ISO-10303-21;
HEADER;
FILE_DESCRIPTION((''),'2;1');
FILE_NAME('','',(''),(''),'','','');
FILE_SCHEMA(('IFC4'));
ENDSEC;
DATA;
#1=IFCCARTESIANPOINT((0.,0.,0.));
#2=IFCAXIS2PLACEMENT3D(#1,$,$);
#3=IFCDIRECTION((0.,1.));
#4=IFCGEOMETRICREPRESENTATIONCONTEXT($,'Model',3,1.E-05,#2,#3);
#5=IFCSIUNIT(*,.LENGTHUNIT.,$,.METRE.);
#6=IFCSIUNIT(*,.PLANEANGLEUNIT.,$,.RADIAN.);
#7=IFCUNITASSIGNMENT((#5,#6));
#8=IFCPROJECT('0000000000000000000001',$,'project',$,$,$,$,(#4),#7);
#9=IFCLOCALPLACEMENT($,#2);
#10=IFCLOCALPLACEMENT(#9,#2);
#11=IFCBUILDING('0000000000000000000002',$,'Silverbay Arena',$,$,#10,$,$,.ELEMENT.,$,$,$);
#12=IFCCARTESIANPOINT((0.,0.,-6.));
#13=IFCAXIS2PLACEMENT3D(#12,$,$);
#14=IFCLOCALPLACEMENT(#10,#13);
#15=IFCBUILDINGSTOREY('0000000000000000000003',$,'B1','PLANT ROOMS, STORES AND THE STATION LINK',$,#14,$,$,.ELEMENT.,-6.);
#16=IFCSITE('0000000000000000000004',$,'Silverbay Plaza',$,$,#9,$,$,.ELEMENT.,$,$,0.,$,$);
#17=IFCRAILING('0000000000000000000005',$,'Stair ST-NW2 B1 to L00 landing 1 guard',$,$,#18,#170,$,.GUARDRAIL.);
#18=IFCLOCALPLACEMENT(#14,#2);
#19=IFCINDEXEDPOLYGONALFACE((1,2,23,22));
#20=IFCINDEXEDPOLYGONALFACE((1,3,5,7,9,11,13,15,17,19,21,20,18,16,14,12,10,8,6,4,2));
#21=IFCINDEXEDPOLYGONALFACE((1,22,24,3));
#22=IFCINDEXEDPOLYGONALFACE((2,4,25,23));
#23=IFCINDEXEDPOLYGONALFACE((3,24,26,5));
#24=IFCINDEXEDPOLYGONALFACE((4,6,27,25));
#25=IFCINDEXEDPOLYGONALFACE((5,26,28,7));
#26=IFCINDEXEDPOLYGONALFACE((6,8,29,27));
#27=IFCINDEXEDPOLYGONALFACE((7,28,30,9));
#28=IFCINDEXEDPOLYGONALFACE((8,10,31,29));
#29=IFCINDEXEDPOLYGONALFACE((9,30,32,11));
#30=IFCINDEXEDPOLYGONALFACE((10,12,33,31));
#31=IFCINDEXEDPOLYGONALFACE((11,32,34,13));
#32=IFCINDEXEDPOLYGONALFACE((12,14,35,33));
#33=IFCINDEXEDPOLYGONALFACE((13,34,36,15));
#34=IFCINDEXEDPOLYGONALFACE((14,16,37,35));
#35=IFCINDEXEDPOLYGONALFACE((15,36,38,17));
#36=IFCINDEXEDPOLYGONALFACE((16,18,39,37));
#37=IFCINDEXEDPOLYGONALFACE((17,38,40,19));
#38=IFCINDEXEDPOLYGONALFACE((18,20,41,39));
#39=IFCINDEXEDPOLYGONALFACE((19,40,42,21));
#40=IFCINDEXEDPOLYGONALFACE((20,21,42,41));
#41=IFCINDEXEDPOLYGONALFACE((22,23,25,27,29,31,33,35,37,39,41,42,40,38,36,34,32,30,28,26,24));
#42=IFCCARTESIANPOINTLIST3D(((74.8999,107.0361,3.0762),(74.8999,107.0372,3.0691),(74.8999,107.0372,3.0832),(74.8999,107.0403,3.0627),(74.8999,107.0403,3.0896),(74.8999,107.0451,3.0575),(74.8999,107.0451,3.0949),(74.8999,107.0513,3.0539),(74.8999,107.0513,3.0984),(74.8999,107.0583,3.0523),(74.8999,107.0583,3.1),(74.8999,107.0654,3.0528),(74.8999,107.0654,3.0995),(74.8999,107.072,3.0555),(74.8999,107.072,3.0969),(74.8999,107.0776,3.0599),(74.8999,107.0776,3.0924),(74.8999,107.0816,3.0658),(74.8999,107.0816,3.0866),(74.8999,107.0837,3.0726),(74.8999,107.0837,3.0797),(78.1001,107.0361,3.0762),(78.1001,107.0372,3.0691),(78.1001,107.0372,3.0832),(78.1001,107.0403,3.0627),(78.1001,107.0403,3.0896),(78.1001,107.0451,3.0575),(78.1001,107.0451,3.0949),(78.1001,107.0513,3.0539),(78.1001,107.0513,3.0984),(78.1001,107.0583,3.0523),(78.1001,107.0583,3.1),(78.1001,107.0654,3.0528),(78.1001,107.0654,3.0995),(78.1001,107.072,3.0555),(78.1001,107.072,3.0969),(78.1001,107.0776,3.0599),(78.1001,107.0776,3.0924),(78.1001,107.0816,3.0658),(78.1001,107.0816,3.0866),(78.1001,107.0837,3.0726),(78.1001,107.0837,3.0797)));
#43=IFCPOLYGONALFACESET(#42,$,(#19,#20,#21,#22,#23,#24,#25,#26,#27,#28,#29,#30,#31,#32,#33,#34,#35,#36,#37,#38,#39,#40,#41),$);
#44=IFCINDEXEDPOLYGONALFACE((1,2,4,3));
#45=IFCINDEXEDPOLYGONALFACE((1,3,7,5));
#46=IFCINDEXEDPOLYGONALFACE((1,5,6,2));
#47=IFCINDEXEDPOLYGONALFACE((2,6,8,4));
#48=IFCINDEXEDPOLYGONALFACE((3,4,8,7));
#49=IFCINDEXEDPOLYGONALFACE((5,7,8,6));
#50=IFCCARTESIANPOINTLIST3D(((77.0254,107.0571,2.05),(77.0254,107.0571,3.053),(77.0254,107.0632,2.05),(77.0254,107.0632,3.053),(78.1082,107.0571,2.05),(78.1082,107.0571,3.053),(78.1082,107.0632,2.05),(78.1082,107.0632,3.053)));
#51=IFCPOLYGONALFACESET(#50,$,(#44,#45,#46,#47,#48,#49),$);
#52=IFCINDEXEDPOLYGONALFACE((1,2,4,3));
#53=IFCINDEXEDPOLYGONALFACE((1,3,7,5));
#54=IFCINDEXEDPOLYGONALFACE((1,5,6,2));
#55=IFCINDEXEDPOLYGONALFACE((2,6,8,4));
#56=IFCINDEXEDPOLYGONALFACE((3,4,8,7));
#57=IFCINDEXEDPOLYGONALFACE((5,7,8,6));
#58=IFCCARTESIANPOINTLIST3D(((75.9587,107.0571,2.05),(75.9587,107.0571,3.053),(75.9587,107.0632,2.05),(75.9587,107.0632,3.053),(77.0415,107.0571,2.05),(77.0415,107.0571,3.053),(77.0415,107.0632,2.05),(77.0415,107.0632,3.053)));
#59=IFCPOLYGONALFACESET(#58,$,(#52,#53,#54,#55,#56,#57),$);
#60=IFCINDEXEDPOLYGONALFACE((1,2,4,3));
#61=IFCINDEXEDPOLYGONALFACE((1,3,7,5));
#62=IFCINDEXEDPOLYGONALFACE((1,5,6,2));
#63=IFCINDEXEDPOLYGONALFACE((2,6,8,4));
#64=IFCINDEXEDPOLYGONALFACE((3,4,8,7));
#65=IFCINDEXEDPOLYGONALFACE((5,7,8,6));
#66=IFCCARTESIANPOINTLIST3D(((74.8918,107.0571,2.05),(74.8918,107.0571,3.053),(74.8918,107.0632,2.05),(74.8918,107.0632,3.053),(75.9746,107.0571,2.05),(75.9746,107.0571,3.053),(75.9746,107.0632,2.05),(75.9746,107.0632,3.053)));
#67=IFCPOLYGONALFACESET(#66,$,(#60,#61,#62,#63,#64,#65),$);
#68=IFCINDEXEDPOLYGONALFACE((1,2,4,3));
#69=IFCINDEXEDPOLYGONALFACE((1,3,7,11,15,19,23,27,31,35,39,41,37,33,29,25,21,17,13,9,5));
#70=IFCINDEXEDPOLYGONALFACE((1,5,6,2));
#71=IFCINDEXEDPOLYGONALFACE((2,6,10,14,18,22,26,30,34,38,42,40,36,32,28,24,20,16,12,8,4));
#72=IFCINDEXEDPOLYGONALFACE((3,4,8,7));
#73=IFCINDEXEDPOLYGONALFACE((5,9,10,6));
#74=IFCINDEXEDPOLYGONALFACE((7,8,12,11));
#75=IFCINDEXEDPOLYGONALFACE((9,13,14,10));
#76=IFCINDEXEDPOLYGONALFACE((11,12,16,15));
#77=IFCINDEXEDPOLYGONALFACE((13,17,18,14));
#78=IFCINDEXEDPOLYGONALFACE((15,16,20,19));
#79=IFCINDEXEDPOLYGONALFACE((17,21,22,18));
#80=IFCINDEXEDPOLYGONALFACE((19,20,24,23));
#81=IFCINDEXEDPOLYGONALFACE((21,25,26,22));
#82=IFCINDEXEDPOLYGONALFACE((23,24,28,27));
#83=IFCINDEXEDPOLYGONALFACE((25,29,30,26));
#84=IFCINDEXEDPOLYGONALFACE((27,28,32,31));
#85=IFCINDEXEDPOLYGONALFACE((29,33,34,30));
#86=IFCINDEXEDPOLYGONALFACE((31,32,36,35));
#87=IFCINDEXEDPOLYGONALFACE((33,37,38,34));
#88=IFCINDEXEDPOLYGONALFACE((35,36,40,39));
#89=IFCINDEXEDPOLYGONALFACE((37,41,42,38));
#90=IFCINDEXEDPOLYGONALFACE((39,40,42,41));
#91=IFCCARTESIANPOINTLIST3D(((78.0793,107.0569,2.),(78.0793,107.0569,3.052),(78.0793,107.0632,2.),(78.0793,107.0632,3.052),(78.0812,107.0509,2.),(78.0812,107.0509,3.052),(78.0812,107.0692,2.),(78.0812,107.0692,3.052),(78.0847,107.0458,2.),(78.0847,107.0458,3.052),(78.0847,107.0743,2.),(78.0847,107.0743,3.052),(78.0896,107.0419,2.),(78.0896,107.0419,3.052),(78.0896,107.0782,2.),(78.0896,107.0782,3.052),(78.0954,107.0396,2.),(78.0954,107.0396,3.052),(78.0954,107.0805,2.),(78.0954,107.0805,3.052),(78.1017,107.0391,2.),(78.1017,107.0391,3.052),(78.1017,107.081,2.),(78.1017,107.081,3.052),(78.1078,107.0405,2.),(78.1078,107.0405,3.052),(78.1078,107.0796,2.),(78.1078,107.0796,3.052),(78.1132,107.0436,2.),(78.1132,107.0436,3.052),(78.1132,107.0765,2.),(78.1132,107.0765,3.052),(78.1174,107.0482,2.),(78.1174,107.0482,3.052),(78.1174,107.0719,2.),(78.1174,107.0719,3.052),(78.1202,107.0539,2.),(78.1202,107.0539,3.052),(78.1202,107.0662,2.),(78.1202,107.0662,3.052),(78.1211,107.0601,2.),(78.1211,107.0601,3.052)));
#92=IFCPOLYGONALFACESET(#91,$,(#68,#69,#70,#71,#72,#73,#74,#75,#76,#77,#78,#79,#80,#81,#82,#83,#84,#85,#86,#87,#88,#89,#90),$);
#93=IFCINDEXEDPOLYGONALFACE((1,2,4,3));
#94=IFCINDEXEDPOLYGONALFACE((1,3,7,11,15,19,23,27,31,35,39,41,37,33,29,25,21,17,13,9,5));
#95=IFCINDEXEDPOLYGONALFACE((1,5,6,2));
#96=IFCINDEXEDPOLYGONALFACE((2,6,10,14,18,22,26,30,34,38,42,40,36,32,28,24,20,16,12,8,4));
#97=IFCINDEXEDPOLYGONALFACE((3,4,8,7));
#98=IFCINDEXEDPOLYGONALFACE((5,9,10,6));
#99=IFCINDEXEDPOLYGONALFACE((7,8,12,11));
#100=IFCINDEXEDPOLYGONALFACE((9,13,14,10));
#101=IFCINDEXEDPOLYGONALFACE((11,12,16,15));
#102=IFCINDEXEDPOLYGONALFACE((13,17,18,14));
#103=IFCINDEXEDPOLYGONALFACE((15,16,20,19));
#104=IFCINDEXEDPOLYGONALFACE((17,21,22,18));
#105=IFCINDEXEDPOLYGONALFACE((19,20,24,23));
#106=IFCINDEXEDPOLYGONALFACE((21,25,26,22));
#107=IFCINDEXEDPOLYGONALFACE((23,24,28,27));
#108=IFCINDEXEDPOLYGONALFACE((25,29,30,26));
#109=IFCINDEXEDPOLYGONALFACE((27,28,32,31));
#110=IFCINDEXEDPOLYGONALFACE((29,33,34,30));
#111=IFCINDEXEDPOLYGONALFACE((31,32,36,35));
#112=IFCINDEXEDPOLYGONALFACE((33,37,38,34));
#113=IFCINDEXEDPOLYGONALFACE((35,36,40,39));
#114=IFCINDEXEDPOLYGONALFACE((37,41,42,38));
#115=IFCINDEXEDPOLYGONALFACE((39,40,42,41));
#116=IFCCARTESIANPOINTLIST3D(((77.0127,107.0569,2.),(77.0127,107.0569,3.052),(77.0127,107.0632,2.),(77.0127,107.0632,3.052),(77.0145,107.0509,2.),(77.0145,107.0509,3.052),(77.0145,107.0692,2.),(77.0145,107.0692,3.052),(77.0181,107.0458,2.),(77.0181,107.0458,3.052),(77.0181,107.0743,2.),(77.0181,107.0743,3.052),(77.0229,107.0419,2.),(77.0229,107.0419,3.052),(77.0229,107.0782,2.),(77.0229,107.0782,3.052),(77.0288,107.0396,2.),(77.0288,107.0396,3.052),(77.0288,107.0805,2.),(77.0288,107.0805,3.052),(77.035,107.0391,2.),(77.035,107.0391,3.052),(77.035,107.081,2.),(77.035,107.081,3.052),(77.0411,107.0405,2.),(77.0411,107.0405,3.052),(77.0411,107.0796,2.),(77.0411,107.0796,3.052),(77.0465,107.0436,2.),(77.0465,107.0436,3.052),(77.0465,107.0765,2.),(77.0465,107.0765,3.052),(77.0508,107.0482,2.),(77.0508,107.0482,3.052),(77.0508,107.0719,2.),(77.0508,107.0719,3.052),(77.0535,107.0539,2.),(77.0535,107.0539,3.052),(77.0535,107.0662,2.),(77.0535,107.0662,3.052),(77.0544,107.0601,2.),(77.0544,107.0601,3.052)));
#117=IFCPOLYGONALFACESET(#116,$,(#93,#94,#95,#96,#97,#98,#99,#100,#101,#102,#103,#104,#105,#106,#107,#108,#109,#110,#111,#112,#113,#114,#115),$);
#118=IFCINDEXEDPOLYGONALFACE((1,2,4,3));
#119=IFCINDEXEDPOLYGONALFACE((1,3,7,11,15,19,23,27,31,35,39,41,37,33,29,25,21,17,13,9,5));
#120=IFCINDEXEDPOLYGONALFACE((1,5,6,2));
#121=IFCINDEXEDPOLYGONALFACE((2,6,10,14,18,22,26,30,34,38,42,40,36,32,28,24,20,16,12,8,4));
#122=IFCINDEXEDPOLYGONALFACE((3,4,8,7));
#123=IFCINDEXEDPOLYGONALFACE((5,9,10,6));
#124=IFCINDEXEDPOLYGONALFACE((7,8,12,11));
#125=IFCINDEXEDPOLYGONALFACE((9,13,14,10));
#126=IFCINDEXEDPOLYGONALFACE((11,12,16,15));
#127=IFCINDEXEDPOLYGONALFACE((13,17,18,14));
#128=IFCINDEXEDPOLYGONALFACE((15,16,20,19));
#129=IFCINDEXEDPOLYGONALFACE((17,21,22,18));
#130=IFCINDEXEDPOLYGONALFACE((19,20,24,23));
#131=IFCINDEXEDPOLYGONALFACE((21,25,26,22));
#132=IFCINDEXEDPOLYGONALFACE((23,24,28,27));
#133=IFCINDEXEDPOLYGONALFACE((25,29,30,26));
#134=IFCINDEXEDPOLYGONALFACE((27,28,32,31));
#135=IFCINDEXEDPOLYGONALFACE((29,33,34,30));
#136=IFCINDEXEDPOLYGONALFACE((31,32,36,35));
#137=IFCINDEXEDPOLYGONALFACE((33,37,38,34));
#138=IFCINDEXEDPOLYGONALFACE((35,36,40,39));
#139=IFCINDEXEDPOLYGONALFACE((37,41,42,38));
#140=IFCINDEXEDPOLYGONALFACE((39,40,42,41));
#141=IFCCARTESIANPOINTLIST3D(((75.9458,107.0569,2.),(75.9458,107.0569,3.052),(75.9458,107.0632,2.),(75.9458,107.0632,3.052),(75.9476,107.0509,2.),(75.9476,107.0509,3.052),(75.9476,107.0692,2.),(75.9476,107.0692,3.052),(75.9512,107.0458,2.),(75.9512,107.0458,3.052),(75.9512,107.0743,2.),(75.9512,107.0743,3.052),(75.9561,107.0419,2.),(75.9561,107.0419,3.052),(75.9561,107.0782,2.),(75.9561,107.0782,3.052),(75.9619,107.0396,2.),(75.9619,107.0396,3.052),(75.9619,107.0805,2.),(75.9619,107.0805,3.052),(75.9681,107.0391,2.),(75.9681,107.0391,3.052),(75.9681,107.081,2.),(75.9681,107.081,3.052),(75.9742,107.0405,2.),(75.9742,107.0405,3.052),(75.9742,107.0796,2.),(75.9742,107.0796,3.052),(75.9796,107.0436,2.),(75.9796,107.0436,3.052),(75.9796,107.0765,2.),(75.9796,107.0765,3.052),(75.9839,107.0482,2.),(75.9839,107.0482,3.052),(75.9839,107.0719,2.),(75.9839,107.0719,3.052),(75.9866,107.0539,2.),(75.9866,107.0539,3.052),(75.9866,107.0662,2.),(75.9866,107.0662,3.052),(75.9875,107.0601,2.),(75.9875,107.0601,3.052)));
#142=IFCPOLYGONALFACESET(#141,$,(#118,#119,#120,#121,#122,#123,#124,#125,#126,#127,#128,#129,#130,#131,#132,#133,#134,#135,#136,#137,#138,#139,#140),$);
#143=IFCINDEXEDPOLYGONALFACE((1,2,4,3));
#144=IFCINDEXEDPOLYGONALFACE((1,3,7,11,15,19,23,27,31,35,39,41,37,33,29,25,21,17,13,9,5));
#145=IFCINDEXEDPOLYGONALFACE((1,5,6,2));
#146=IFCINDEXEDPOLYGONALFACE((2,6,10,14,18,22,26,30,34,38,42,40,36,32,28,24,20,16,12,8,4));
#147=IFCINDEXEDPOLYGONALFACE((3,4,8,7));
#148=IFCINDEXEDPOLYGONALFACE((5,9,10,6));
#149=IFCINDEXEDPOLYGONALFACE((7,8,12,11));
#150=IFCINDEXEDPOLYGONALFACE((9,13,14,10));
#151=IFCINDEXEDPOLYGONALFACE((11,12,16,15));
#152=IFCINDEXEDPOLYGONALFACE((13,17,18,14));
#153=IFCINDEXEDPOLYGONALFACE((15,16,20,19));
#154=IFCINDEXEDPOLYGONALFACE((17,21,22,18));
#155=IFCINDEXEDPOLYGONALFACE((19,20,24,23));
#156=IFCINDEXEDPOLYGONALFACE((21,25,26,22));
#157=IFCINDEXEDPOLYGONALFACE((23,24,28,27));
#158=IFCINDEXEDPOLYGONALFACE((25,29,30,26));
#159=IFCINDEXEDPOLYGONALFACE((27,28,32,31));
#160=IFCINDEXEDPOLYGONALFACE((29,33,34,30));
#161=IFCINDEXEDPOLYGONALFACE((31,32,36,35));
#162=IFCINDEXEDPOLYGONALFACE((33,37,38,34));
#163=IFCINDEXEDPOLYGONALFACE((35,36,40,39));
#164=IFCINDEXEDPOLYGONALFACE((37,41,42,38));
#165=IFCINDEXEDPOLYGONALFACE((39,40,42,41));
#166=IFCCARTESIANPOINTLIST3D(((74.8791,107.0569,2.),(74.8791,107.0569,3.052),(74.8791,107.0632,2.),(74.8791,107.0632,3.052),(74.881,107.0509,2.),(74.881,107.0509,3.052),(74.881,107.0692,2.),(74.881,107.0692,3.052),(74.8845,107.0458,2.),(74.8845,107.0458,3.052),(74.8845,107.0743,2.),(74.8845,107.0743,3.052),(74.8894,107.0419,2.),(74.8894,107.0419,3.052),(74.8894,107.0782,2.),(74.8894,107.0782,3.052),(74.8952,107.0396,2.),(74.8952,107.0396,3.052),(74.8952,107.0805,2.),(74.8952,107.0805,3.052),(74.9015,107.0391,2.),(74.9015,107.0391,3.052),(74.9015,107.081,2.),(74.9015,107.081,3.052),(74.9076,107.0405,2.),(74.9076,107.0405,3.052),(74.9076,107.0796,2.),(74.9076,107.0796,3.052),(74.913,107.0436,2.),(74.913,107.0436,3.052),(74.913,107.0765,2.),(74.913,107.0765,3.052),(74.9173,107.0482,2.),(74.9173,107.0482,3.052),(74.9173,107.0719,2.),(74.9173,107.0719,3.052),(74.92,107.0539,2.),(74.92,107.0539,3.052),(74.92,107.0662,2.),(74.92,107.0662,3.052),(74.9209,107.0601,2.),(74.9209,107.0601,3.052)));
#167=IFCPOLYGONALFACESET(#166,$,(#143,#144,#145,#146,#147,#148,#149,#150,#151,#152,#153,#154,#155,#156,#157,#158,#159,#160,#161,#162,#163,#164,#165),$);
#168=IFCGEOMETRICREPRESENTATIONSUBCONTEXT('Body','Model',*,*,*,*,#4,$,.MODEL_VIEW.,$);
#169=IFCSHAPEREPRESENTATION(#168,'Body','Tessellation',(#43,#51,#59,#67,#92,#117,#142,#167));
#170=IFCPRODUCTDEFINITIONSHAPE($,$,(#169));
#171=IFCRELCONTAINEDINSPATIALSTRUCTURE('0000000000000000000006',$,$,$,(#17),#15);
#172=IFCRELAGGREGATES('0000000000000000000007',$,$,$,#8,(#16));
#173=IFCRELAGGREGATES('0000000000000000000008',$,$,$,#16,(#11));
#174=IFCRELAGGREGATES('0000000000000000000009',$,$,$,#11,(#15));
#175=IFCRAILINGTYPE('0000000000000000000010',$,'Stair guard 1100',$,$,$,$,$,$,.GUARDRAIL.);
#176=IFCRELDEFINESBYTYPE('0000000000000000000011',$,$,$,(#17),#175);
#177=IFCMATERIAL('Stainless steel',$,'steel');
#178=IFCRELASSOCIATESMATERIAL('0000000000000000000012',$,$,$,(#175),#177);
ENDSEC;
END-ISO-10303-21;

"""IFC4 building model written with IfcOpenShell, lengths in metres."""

from ifc_helpers import new_model, si_unit, direction, frame, origin, origin_2d, place, context, subcontext, project, spatial, polyline, circle, outline, extrude, material, type_object, element, save


model = new_model("IFC4")

# Units and contexts
model_context = context("Model", 3, precision=1e-05, world=origin(), true_north=direction((0.0, 1.0)))
body_context = subcontext(model_context, "Body", "Model", "MODEL_VIEW")
ifc_project = project(units=[si_unit("LENGTHUNIT", "METRE"), si_unit("PLANEANGLEUNIT", "RADIAN")], contexts=[model_context])

# Site, building, storey
site_placement = place(None, origin())
site = spatial("IfcSite", under=ifc_project, at=site_placement, Name="Silverbay Plaza", CompositionType="ELEMENT", RefElevation=0.0)
building_placement = place(site_placement, origin())
building = spatial("IfcBuilding", under=site, at=building_placement, Name="Silverbay Arena", CompositionType="ELEMENT")
storey_placement = place(building_placement, frame((0.0, 0.0, -6.0)))
storey = spatial("IfcBuildingStorey", under=building, at=storey_placement, Name="B1", Description="PLANT ROOMS, STORES AND THE STATION LINK", CompositionType="ELEMENT", Elevation=-6.0)

# Railing
ifc_material_1 = material(Name="Stainless steel", Category="steel")
railing_type_1 = type_object("IfcRailingType", Name="Stair guard 1100", PredefinedType="GUARDRAIL", material=ifc_material_1)
for number, where, name in (
    (1, (78.1001, 107.0601, 2.0), "Stair ST-NW2 B1 to L00 landing 1 guard"),
):
    element("IfcRailing", number, at=place(storey_placement, frame(where)), inside=storey, type_object=railing_type_1, Name=name, PredefinedType="GUARDRAIL", context=body_context, shape_type="SweptSolid", body=[
        extrude(circle(Radius=0.0239, at=origin_2d()), frame((0.0, 0.0, 1.0762), z_axis=(-1.0, 0.0, 0.0), x_axis=(0.0, -1.0, 0.0)), (0.0, 0.0, 1.0), 3.2002),
        extrude(outline(polyline([(-0.0081, 0.05), (1.0747, 0.05), (1.0747, 1.053), (-0.0081, 1.053), (-0.0081, 0.05)])), frame((0.0, -0.0029, 0.0), z_axis=(0.0, 1.0, 0.0), x_axis=(-1.0, 0.0, 0.0)), (0.0, 0.0, 1.0), 0.0061),
        extrude(outline(polyline([(-0.0081, 0.05), (1.0747, 0.05), (1.0747, 1.053), (-0.0081, 1.053), (-0.0081, 0.05)])), frame((-1.0667, -0.0029, 0.0), z_axis=(0.0, 1.0, 0.0), x_axis=(-1.0, 0.0, 0.0)), (0.0, 0.0, 1.0), 0.0061),
        extrude(outline(polyline([(-0.0081, 0.05), (1.0747, 0.05), (1.0747, 1.053), (-0.0081, 1.053), (-0.0081, 0.05)])), frame((-2.1335, -0.0029, 0.0), z_axis=(0.0, 1.0, 0.0), x_axis=(-1.0, 0.0, 0.0)), (0.0, 0.0, 1.0), 0.0061),
        extrude(circle(Radius=0.021, at=origin_2d()), origin(), (0.0, 0.0, 1.0), 1.052),
        extrude(circle(Radius=0.021, at=origin_2d()), frame((-1.0667, 0.0, 0.0)), (0.0, 0.0, 1.0), 1.052),
        extrude(circle(Radius=0.021, at=origin_2d()), frame((-2.1335, 0.0, 0.0)), (0.0, 0.0, 1.0), 1.052),
        extrude(circle(Radius=0.021, at=origin_2d()), frame((-3.2002, 0.0, 0.0)), (0.0, 0.0, 1.0), 1.052),
    ])

save(model, "model.ifc")
